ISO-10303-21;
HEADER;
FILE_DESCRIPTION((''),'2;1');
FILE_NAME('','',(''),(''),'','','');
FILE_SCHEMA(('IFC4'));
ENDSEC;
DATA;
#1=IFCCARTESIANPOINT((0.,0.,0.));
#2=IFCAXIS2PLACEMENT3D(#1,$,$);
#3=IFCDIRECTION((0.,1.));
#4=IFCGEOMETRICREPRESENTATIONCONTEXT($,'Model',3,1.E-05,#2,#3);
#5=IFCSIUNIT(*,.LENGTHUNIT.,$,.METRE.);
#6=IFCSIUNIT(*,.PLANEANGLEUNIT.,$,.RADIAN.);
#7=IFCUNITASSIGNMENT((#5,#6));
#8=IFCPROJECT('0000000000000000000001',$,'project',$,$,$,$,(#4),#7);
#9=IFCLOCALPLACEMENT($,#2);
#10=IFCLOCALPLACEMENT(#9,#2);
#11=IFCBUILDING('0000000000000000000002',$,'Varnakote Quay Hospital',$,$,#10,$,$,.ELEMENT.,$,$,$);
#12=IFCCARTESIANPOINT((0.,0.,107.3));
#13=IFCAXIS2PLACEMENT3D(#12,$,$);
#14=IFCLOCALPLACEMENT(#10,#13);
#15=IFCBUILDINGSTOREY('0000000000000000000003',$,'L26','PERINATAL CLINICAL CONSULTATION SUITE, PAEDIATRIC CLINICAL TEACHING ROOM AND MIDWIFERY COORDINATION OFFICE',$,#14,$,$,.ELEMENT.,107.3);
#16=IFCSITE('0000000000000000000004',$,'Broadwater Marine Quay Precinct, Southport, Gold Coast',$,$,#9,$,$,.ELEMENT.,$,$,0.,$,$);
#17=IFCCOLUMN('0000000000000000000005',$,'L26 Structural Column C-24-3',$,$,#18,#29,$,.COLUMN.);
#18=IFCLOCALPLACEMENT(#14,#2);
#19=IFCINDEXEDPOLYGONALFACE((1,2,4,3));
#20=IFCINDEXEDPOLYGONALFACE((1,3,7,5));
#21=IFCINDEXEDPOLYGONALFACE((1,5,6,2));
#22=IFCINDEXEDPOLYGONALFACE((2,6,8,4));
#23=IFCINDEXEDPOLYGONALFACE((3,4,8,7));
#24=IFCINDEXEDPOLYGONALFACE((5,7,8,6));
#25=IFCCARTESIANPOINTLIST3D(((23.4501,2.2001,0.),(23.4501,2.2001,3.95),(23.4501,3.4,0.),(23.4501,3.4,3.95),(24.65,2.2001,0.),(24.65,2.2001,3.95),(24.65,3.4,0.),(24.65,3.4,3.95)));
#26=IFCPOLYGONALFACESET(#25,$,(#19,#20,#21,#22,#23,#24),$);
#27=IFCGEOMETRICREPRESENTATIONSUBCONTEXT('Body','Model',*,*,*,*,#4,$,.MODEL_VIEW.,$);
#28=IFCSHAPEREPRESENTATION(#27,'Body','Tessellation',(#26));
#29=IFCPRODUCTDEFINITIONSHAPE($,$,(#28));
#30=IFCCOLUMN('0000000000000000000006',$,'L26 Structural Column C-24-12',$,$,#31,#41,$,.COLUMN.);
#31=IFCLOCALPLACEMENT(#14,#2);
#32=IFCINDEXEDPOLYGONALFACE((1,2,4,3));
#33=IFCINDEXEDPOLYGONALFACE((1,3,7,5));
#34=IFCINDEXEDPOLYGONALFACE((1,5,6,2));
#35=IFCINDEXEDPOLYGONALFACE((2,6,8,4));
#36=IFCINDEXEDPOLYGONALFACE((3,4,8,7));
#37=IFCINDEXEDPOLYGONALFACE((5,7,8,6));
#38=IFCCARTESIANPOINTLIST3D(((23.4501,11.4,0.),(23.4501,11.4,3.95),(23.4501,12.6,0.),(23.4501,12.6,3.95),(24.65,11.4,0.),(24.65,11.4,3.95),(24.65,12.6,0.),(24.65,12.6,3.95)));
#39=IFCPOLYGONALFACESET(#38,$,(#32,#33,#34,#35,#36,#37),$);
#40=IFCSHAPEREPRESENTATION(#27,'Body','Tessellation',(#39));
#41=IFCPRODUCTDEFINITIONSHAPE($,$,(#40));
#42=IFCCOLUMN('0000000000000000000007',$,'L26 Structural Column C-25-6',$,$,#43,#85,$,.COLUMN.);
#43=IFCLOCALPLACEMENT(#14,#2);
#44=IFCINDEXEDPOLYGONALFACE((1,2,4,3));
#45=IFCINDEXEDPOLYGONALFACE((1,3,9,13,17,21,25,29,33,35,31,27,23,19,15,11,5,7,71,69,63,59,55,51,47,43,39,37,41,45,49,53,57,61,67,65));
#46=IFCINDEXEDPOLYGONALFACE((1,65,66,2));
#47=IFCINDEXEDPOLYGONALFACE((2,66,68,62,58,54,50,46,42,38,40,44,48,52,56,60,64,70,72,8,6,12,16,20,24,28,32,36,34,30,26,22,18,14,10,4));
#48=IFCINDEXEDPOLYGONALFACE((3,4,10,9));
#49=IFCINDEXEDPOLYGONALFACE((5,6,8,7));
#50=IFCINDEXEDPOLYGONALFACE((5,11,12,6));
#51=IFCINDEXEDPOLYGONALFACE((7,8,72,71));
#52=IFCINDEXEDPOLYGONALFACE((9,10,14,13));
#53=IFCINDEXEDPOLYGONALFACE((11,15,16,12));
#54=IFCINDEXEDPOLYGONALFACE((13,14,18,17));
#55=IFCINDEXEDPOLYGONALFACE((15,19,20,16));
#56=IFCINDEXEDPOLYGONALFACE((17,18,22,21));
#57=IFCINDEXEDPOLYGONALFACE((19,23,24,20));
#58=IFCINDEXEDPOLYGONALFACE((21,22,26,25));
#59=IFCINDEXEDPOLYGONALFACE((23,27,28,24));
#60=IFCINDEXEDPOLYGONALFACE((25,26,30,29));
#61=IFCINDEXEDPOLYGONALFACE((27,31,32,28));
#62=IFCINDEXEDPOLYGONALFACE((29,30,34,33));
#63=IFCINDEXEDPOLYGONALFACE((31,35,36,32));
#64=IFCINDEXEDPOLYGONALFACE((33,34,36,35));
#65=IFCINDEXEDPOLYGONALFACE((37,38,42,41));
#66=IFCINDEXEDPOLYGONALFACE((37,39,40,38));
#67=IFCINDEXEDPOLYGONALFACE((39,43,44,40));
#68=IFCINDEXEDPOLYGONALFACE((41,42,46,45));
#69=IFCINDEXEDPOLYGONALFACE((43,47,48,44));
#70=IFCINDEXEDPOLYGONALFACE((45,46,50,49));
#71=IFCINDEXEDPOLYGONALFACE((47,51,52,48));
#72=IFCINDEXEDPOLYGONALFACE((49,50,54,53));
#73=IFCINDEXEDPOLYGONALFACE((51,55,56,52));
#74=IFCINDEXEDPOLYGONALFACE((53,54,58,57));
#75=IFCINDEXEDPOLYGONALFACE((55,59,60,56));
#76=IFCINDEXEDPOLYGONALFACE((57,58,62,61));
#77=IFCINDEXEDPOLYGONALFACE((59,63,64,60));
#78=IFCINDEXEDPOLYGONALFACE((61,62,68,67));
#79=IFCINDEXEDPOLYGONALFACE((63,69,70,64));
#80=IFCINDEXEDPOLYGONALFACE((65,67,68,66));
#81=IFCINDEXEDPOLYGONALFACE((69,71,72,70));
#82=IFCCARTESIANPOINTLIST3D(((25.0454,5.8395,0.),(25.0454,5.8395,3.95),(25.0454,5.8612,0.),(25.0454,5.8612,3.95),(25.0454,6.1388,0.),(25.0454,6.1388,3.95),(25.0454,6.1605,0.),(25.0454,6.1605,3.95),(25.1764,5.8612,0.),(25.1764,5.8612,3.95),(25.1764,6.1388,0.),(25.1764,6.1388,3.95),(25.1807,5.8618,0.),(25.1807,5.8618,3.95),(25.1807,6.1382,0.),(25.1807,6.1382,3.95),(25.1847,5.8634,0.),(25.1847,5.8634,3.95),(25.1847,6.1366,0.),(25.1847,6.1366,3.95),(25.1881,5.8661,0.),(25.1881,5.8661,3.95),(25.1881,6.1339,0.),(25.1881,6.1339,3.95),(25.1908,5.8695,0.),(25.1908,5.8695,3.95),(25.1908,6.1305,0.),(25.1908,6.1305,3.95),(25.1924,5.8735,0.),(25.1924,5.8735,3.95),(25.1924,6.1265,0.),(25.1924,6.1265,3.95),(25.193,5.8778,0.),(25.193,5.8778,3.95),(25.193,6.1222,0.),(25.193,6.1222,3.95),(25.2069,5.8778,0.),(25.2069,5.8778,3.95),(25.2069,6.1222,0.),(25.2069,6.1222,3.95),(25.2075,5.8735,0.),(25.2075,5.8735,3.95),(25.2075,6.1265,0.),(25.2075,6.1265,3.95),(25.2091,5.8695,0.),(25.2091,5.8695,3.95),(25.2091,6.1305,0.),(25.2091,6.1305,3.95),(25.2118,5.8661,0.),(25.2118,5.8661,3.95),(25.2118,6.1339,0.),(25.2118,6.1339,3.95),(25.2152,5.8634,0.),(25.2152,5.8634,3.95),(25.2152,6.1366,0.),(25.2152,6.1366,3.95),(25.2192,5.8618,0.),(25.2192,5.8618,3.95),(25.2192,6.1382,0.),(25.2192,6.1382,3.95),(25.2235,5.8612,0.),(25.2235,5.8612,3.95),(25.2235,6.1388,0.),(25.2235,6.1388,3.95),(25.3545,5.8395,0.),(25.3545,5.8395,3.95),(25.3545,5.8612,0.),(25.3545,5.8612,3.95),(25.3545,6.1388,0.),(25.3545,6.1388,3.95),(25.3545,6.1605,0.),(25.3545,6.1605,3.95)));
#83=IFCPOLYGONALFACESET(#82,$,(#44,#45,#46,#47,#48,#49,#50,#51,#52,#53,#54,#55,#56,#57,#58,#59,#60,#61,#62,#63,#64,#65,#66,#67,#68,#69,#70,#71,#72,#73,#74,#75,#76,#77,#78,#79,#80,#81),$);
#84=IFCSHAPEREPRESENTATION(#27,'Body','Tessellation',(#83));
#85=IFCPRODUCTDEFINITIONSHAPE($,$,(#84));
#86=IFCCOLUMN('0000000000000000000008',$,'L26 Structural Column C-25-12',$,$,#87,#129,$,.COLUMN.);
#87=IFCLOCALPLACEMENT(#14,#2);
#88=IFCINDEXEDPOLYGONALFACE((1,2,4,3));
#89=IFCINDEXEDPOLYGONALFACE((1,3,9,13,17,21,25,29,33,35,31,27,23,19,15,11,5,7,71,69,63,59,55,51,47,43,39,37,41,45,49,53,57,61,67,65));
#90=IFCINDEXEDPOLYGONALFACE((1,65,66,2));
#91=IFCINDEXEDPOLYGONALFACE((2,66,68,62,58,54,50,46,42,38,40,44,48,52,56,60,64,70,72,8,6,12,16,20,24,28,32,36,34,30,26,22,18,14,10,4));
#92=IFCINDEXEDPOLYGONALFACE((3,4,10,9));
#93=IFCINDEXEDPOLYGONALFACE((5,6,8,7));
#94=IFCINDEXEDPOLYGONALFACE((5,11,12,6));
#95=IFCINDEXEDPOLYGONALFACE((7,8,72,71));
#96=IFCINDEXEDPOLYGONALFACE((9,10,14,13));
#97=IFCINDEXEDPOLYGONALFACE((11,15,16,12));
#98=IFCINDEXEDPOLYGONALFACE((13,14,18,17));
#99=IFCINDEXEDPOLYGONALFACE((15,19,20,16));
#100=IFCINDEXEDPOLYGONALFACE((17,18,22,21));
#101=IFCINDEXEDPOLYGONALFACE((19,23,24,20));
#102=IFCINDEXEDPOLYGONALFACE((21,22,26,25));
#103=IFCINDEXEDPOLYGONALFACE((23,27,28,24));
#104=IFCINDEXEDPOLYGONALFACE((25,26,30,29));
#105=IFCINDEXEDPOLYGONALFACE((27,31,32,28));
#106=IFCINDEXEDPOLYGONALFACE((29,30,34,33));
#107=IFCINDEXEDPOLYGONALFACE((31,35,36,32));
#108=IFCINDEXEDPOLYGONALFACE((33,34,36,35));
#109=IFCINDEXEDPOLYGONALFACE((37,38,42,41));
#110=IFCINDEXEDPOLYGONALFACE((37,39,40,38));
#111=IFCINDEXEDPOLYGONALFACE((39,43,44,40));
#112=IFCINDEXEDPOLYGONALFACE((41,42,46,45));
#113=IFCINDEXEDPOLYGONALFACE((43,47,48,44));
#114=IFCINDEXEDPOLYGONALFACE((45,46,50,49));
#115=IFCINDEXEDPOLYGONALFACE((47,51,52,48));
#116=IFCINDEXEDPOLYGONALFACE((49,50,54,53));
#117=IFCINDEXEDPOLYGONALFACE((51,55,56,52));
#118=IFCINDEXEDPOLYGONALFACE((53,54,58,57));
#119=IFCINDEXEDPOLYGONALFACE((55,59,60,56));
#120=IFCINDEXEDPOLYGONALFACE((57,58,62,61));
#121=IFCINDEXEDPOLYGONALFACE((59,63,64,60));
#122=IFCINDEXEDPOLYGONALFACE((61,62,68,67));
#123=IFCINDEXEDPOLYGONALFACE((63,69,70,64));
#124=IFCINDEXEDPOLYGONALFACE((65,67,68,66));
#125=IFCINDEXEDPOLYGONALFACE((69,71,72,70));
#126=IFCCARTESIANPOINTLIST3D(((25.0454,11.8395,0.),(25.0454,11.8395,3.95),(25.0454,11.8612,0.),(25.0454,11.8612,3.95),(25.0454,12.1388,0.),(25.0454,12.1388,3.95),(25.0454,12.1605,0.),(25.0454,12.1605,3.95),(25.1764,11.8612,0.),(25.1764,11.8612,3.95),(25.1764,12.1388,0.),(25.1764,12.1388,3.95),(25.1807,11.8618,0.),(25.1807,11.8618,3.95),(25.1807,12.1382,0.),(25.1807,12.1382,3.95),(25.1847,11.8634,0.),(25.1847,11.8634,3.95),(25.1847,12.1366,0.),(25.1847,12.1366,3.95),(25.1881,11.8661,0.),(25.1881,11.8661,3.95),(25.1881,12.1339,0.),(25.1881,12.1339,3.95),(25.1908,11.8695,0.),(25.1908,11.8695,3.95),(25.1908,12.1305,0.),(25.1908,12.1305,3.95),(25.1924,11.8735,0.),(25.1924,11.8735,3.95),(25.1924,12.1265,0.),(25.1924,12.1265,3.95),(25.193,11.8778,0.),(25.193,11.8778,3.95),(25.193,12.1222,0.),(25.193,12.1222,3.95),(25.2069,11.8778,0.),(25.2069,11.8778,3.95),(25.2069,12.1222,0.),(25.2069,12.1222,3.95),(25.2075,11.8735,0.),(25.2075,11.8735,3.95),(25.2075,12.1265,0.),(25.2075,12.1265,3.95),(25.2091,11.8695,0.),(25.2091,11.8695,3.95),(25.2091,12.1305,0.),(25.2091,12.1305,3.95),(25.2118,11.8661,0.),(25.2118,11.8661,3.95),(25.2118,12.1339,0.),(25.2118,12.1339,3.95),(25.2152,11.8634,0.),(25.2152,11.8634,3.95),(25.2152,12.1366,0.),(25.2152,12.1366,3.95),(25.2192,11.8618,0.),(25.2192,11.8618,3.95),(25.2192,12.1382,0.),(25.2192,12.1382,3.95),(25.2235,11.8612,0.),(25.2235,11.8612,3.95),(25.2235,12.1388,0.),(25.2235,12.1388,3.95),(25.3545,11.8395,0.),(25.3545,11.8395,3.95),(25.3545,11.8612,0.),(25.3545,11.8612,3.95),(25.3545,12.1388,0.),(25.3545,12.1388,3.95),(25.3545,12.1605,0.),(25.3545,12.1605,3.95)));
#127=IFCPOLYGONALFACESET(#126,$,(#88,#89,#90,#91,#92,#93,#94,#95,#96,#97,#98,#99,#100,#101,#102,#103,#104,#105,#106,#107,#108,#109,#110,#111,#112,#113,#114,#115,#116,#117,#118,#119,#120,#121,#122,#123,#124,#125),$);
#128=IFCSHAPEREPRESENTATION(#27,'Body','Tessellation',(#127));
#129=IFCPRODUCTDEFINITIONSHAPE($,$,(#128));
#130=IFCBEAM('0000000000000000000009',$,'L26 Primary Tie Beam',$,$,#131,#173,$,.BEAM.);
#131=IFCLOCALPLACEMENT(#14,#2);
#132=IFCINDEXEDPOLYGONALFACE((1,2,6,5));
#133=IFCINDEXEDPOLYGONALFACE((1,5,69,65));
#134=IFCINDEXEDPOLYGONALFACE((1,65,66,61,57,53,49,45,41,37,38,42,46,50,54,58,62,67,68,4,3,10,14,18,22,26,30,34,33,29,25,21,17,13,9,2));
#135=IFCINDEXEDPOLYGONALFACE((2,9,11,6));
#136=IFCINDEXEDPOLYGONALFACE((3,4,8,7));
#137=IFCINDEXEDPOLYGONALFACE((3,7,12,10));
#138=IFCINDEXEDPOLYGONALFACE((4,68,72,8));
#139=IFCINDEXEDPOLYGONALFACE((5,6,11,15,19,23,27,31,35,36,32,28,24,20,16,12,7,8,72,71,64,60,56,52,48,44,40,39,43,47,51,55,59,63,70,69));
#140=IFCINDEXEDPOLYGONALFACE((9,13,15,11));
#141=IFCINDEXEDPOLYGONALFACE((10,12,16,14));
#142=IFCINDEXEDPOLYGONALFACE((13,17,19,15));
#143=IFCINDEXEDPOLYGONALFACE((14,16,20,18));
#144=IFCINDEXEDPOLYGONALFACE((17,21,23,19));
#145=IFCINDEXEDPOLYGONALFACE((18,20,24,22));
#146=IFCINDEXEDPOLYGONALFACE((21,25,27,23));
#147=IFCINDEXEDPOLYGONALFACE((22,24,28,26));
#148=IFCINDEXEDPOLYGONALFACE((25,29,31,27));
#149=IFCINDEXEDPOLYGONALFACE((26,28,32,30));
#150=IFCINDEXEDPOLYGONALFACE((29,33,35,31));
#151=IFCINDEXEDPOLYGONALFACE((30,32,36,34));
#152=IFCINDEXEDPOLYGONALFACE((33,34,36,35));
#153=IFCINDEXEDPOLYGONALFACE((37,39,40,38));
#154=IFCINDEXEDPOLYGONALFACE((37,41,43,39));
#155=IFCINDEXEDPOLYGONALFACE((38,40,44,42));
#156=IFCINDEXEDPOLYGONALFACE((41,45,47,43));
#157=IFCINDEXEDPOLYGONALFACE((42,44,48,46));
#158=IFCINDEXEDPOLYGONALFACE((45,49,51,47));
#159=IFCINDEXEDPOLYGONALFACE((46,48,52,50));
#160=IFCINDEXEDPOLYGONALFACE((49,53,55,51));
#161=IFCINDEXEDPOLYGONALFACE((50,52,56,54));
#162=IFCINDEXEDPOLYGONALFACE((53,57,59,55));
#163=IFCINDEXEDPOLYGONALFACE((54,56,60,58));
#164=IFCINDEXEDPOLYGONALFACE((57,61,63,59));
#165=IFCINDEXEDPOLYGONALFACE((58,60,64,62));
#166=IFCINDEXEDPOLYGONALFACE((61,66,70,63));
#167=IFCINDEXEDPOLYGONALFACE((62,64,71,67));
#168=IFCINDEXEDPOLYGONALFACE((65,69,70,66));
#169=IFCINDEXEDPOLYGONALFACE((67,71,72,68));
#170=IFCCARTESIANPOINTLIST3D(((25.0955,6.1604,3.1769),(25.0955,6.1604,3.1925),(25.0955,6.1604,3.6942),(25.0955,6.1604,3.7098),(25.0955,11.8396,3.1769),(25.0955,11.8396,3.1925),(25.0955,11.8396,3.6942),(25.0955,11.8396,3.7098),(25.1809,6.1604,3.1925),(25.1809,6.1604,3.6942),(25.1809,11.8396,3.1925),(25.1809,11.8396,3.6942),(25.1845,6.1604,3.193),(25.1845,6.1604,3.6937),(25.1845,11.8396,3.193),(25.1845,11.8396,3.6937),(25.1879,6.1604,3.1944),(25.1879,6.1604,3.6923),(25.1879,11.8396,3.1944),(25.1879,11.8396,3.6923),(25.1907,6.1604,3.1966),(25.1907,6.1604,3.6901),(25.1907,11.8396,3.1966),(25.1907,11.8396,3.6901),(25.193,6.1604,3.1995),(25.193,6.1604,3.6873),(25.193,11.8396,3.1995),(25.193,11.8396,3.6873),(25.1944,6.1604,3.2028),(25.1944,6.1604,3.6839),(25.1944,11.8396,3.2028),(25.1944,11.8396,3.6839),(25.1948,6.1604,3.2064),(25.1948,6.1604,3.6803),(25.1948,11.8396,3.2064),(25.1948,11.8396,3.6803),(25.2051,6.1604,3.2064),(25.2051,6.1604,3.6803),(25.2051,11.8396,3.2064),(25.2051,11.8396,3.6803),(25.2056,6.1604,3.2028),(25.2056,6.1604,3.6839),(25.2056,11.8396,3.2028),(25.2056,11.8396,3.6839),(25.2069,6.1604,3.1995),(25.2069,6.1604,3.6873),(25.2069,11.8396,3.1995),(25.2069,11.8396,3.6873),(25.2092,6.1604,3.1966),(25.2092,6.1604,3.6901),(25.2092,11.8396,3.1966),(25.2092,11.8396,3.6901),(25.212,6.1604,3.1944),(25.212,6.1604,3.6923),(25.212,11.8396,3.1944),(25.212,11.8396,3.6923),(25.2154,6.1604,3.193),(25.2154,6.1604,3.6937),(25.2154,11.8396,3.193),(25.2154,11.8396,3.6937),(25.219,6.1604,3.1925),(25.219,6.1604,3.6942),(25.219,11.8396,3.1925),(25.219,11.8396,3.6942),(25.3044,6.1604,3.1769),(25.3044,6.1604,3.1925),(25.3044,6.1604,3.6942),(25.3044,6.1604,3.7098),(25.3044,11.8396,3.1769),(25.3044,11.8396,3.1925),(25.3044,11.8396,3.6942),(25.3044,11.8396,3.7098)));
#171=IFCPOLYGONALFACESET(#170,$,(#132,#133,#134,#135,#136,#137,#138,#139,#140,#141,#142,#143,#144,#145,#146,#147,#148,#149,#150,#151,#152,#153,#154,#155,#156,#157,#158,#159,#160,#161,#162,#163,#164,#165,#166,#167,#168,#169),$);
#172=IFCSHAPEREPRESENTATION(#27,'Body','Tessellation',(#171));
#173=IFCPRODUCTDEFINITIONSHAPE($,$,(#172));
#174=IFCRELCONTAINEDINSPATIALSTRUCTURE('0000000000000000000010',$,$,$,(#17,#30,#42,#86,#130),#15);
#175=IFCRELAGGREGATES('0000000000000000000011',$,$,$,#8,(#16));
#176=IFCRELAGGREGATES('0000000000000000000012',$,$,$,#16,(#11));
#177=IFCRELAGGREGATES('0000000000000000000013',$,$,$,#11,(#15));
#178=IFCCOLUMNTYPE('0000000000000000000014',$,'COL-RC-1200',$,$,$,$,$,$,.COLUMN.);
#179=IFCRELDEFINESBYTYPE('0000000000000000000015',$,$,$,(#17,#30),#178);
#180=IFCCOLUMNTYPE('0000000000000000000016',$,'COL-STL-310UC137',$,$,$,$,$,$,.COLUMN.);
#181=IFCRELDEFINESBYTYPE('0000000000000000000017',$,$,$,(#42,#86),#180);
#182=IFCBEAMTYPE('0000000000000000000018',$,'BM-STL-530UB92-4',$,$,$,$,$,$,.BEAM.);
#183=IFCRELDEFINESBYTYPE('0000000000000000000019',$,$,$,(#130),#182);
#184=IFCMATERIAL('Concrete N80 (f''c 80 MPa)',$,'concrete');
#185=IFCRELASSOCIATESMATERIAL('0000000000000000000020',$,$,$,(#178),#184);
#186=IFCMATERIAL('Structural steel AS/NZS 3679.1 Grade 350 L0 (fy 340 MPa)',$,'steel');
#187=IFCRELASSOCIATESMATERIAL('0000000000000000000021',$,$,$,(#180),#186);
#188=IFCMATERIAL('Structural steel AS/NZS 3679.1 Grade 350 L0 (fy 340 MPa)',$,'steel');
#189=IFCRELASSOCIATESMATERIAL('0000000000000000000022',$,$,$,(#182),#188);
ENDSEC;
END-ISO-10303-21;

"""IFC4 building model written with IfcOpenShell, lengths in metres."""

from ifc_helpers import new_model, si_unit, direction, frame, origin, origin_2d, place, context, subcontext, project, spatial, rectangle, i_section, extrude, material, material_profile, profile_set, type_object, element, save


model = new_model("IFC4")

# Units and contexts
model_context = context("Model", 3, precision=1e-05, world=origin(), true_north=direction((0.0, 1.0)))
body_context = subcontext(model_context, "Body", "Model", "MODEL_VIEW")
ifc_project = project(units=[si_unit("LENGTHUNIT", "METRE"), si_unit("PLANEANGLEUNIT", "RADIAN")], contexts=[model_context])

# Site, building, storey
site_placement = place(None, origin())
site = spatial("IfcSite", under=ifc_project, at=site_placement, Name="Broadwater Marine Quay Precinct, Southport, Gold Coast", CompositionType="ELEMENT", RefElevation=0.0)
building_placement = place(site_placement, origin())
building = spatial("IfcBuilding", under=site, at=building_placement, Name="Varnakote Quay Hospital", CompositionType="ELEMENT")
storey_placement = place(building_placement, frame((0.0, 0.0, 107.3)))
storey = spatial("IfcBuildingStorey", under=building, at=storey_placement, Name="L26", Description="PERINATAL CLINICAL CONSULTATION SUITE, PAEDIATRIC CLINICAL TEACHING ROOM AND MIDWIFERY COORDINATION OFFICE", CompositionType="ELEMENT", Elevation=107.3)

# Columns
ifc_material_1 = material(Name="Concrete N80 (f'c 80 MPa)", Category="concrete")
ifc_material_profile_1 = material_profile(ifc_material_1, rectangle(XDim=1.2, YDim=1.2, at=origin_2d()), Name="RC-COL-1200x1200")
ifc_profile_set_1 = profile_set([ifc_material_profile_1], Name="Concrete N80 (f'c 80 MPa)")
column_type_1 = type_object("IfcColumnType", Name="COL-RC-1200", PredefinedType="COLUMN", material=ifc_profile_set_1)
for number, where, z_axis, x_axis, name in (
    (1, (24.05, 2.8, 0.0), (0.0, 0.0, 1.0), (1.0, 0.0, 0.0), "L26 Structural Column C-24-3"),
    (2, (24.05, 12.0, 0.0), (0.0, 0.0, 1.0), (1.0, 0.0, 0.0), "L26 Structural Column C-24-12"),
):
    element("IfcColumn", number, at=place(storey_placement, frame(where, z_axis=z_axis, x_axis=x_axis)), inside=storey, type_object=column_type_1, Name=name, PredefinedType="COLUMN", context=body_context, shape_type="SweptSolid", body=[
        extrude(rectangle(XDim=1.2, YDim=1.2, at=origin_2d()), origin(), (0.0, 0.0, 1.0), 3.95),
    ])
ifc_material_2 = material(Name="Structural steel AS/NZS 3679.1 Grade 350 L0 (fy 340 MPa)", Category="steel")
ifc_material_profile_2 = material_profile(ifc_material_2, i_section(OverallWidth=0.3091, OverallDepth=0.321, WebThickness=0.0139, FlangeThickness=0.0217, FilletRadius=0.0166, at=origin_2d()), Name="310UC137")
ifc_profile_set_2 = profile_set([ifc_material_profile_2], Name="Structural steel AS/NZS 3679.1 Grade 350 L0 (fy 340 MPa)")
column_type_2 = type_object("IfcColumnType", Name="COL-STL-310UC137", PredefinedType="COLUMN", material=ifc_profile_set_2)
for number, where, z_axis, x_axis, name in (
    (3, (25.2, 6.0, 0.0), (0.0, 0.0, 1.0), (1.0, 0.0, 0.0), "L26 Structural Column C-25-6"),
    (4, (25.2, 12.0, 0.0), (0.0, 0.0, 1.0), (1.0, 0.0, 0.0), "L26 Structural Column C-25-12"),
):
    element("IfcColumn", number, at=place(storey_placement, frame(where, z_axis=z_axis, x_axis=x_axis)), inside=storey, type_object=column_type_2, Name=name, PredefinedType="COLUMN", context=body_context, shape_type="SweptSolid", body=[
        extrude(i_section(OverallWidth=0.3091, OverallDepth=0.321, WebThickness=0.0139, FlangeThickness=0.0217, FilletRadius=0.0166, at=origin_2d()), origin(), (0.0, 0.0, 1.0), 3.95),
    ])

# Beam
ifc_material_3 = material(Name="Structural steel AS/NZS 3679.1 Grade 350 L0 (fy 340 MPa)", Category="steel")
ifc_material_profile_3 = material_profile(ifc_material_3, i_section(OverallWidth=0.209, OverallDepth=0.533, WebThickness=0.0103, FlangeThickness=0.0156, FilletRadius=0.0139, at=origin_2d()), Name="530UB92.4")
ifc_profile_set_3 = profile_set([ifc_material_profile_3], Name="Structural steel AS/NZS 3679.1 Grade 350 L0 (fy 340 MPa)")
beam_type_1 = type_object("IfcBeamType", Name="BM-STL-530UB92-4", PredefinedType="BEAM", material=ifc_profile_set_3)
beam_1_placement = place(storey_placement, frame((25.2, 6.1604, 3.4434), z_axis=(0.0, 1.0, 0.0), x_axis=(-1.0, 0.0, 0.0)))
element("IfcBeam", 5, at=beam_1_placement, inside=storey, type_object=beam_type_1, Name="L26 Primary Tie Beam", PredefinedType="BEAM", context=body_context, shape_type="SweptSolid", body=[
    extrude(i_section(OverallWidth=0.209, OverallDepth=0.533, WebThickness=0.0103, FlangeThickness=0.0156, FilletRadius=0.0139, at=origin_2d()), origin(), (0.0, 0.0, 1.0), 5.6792),
])

save(model, "model.ifc")
